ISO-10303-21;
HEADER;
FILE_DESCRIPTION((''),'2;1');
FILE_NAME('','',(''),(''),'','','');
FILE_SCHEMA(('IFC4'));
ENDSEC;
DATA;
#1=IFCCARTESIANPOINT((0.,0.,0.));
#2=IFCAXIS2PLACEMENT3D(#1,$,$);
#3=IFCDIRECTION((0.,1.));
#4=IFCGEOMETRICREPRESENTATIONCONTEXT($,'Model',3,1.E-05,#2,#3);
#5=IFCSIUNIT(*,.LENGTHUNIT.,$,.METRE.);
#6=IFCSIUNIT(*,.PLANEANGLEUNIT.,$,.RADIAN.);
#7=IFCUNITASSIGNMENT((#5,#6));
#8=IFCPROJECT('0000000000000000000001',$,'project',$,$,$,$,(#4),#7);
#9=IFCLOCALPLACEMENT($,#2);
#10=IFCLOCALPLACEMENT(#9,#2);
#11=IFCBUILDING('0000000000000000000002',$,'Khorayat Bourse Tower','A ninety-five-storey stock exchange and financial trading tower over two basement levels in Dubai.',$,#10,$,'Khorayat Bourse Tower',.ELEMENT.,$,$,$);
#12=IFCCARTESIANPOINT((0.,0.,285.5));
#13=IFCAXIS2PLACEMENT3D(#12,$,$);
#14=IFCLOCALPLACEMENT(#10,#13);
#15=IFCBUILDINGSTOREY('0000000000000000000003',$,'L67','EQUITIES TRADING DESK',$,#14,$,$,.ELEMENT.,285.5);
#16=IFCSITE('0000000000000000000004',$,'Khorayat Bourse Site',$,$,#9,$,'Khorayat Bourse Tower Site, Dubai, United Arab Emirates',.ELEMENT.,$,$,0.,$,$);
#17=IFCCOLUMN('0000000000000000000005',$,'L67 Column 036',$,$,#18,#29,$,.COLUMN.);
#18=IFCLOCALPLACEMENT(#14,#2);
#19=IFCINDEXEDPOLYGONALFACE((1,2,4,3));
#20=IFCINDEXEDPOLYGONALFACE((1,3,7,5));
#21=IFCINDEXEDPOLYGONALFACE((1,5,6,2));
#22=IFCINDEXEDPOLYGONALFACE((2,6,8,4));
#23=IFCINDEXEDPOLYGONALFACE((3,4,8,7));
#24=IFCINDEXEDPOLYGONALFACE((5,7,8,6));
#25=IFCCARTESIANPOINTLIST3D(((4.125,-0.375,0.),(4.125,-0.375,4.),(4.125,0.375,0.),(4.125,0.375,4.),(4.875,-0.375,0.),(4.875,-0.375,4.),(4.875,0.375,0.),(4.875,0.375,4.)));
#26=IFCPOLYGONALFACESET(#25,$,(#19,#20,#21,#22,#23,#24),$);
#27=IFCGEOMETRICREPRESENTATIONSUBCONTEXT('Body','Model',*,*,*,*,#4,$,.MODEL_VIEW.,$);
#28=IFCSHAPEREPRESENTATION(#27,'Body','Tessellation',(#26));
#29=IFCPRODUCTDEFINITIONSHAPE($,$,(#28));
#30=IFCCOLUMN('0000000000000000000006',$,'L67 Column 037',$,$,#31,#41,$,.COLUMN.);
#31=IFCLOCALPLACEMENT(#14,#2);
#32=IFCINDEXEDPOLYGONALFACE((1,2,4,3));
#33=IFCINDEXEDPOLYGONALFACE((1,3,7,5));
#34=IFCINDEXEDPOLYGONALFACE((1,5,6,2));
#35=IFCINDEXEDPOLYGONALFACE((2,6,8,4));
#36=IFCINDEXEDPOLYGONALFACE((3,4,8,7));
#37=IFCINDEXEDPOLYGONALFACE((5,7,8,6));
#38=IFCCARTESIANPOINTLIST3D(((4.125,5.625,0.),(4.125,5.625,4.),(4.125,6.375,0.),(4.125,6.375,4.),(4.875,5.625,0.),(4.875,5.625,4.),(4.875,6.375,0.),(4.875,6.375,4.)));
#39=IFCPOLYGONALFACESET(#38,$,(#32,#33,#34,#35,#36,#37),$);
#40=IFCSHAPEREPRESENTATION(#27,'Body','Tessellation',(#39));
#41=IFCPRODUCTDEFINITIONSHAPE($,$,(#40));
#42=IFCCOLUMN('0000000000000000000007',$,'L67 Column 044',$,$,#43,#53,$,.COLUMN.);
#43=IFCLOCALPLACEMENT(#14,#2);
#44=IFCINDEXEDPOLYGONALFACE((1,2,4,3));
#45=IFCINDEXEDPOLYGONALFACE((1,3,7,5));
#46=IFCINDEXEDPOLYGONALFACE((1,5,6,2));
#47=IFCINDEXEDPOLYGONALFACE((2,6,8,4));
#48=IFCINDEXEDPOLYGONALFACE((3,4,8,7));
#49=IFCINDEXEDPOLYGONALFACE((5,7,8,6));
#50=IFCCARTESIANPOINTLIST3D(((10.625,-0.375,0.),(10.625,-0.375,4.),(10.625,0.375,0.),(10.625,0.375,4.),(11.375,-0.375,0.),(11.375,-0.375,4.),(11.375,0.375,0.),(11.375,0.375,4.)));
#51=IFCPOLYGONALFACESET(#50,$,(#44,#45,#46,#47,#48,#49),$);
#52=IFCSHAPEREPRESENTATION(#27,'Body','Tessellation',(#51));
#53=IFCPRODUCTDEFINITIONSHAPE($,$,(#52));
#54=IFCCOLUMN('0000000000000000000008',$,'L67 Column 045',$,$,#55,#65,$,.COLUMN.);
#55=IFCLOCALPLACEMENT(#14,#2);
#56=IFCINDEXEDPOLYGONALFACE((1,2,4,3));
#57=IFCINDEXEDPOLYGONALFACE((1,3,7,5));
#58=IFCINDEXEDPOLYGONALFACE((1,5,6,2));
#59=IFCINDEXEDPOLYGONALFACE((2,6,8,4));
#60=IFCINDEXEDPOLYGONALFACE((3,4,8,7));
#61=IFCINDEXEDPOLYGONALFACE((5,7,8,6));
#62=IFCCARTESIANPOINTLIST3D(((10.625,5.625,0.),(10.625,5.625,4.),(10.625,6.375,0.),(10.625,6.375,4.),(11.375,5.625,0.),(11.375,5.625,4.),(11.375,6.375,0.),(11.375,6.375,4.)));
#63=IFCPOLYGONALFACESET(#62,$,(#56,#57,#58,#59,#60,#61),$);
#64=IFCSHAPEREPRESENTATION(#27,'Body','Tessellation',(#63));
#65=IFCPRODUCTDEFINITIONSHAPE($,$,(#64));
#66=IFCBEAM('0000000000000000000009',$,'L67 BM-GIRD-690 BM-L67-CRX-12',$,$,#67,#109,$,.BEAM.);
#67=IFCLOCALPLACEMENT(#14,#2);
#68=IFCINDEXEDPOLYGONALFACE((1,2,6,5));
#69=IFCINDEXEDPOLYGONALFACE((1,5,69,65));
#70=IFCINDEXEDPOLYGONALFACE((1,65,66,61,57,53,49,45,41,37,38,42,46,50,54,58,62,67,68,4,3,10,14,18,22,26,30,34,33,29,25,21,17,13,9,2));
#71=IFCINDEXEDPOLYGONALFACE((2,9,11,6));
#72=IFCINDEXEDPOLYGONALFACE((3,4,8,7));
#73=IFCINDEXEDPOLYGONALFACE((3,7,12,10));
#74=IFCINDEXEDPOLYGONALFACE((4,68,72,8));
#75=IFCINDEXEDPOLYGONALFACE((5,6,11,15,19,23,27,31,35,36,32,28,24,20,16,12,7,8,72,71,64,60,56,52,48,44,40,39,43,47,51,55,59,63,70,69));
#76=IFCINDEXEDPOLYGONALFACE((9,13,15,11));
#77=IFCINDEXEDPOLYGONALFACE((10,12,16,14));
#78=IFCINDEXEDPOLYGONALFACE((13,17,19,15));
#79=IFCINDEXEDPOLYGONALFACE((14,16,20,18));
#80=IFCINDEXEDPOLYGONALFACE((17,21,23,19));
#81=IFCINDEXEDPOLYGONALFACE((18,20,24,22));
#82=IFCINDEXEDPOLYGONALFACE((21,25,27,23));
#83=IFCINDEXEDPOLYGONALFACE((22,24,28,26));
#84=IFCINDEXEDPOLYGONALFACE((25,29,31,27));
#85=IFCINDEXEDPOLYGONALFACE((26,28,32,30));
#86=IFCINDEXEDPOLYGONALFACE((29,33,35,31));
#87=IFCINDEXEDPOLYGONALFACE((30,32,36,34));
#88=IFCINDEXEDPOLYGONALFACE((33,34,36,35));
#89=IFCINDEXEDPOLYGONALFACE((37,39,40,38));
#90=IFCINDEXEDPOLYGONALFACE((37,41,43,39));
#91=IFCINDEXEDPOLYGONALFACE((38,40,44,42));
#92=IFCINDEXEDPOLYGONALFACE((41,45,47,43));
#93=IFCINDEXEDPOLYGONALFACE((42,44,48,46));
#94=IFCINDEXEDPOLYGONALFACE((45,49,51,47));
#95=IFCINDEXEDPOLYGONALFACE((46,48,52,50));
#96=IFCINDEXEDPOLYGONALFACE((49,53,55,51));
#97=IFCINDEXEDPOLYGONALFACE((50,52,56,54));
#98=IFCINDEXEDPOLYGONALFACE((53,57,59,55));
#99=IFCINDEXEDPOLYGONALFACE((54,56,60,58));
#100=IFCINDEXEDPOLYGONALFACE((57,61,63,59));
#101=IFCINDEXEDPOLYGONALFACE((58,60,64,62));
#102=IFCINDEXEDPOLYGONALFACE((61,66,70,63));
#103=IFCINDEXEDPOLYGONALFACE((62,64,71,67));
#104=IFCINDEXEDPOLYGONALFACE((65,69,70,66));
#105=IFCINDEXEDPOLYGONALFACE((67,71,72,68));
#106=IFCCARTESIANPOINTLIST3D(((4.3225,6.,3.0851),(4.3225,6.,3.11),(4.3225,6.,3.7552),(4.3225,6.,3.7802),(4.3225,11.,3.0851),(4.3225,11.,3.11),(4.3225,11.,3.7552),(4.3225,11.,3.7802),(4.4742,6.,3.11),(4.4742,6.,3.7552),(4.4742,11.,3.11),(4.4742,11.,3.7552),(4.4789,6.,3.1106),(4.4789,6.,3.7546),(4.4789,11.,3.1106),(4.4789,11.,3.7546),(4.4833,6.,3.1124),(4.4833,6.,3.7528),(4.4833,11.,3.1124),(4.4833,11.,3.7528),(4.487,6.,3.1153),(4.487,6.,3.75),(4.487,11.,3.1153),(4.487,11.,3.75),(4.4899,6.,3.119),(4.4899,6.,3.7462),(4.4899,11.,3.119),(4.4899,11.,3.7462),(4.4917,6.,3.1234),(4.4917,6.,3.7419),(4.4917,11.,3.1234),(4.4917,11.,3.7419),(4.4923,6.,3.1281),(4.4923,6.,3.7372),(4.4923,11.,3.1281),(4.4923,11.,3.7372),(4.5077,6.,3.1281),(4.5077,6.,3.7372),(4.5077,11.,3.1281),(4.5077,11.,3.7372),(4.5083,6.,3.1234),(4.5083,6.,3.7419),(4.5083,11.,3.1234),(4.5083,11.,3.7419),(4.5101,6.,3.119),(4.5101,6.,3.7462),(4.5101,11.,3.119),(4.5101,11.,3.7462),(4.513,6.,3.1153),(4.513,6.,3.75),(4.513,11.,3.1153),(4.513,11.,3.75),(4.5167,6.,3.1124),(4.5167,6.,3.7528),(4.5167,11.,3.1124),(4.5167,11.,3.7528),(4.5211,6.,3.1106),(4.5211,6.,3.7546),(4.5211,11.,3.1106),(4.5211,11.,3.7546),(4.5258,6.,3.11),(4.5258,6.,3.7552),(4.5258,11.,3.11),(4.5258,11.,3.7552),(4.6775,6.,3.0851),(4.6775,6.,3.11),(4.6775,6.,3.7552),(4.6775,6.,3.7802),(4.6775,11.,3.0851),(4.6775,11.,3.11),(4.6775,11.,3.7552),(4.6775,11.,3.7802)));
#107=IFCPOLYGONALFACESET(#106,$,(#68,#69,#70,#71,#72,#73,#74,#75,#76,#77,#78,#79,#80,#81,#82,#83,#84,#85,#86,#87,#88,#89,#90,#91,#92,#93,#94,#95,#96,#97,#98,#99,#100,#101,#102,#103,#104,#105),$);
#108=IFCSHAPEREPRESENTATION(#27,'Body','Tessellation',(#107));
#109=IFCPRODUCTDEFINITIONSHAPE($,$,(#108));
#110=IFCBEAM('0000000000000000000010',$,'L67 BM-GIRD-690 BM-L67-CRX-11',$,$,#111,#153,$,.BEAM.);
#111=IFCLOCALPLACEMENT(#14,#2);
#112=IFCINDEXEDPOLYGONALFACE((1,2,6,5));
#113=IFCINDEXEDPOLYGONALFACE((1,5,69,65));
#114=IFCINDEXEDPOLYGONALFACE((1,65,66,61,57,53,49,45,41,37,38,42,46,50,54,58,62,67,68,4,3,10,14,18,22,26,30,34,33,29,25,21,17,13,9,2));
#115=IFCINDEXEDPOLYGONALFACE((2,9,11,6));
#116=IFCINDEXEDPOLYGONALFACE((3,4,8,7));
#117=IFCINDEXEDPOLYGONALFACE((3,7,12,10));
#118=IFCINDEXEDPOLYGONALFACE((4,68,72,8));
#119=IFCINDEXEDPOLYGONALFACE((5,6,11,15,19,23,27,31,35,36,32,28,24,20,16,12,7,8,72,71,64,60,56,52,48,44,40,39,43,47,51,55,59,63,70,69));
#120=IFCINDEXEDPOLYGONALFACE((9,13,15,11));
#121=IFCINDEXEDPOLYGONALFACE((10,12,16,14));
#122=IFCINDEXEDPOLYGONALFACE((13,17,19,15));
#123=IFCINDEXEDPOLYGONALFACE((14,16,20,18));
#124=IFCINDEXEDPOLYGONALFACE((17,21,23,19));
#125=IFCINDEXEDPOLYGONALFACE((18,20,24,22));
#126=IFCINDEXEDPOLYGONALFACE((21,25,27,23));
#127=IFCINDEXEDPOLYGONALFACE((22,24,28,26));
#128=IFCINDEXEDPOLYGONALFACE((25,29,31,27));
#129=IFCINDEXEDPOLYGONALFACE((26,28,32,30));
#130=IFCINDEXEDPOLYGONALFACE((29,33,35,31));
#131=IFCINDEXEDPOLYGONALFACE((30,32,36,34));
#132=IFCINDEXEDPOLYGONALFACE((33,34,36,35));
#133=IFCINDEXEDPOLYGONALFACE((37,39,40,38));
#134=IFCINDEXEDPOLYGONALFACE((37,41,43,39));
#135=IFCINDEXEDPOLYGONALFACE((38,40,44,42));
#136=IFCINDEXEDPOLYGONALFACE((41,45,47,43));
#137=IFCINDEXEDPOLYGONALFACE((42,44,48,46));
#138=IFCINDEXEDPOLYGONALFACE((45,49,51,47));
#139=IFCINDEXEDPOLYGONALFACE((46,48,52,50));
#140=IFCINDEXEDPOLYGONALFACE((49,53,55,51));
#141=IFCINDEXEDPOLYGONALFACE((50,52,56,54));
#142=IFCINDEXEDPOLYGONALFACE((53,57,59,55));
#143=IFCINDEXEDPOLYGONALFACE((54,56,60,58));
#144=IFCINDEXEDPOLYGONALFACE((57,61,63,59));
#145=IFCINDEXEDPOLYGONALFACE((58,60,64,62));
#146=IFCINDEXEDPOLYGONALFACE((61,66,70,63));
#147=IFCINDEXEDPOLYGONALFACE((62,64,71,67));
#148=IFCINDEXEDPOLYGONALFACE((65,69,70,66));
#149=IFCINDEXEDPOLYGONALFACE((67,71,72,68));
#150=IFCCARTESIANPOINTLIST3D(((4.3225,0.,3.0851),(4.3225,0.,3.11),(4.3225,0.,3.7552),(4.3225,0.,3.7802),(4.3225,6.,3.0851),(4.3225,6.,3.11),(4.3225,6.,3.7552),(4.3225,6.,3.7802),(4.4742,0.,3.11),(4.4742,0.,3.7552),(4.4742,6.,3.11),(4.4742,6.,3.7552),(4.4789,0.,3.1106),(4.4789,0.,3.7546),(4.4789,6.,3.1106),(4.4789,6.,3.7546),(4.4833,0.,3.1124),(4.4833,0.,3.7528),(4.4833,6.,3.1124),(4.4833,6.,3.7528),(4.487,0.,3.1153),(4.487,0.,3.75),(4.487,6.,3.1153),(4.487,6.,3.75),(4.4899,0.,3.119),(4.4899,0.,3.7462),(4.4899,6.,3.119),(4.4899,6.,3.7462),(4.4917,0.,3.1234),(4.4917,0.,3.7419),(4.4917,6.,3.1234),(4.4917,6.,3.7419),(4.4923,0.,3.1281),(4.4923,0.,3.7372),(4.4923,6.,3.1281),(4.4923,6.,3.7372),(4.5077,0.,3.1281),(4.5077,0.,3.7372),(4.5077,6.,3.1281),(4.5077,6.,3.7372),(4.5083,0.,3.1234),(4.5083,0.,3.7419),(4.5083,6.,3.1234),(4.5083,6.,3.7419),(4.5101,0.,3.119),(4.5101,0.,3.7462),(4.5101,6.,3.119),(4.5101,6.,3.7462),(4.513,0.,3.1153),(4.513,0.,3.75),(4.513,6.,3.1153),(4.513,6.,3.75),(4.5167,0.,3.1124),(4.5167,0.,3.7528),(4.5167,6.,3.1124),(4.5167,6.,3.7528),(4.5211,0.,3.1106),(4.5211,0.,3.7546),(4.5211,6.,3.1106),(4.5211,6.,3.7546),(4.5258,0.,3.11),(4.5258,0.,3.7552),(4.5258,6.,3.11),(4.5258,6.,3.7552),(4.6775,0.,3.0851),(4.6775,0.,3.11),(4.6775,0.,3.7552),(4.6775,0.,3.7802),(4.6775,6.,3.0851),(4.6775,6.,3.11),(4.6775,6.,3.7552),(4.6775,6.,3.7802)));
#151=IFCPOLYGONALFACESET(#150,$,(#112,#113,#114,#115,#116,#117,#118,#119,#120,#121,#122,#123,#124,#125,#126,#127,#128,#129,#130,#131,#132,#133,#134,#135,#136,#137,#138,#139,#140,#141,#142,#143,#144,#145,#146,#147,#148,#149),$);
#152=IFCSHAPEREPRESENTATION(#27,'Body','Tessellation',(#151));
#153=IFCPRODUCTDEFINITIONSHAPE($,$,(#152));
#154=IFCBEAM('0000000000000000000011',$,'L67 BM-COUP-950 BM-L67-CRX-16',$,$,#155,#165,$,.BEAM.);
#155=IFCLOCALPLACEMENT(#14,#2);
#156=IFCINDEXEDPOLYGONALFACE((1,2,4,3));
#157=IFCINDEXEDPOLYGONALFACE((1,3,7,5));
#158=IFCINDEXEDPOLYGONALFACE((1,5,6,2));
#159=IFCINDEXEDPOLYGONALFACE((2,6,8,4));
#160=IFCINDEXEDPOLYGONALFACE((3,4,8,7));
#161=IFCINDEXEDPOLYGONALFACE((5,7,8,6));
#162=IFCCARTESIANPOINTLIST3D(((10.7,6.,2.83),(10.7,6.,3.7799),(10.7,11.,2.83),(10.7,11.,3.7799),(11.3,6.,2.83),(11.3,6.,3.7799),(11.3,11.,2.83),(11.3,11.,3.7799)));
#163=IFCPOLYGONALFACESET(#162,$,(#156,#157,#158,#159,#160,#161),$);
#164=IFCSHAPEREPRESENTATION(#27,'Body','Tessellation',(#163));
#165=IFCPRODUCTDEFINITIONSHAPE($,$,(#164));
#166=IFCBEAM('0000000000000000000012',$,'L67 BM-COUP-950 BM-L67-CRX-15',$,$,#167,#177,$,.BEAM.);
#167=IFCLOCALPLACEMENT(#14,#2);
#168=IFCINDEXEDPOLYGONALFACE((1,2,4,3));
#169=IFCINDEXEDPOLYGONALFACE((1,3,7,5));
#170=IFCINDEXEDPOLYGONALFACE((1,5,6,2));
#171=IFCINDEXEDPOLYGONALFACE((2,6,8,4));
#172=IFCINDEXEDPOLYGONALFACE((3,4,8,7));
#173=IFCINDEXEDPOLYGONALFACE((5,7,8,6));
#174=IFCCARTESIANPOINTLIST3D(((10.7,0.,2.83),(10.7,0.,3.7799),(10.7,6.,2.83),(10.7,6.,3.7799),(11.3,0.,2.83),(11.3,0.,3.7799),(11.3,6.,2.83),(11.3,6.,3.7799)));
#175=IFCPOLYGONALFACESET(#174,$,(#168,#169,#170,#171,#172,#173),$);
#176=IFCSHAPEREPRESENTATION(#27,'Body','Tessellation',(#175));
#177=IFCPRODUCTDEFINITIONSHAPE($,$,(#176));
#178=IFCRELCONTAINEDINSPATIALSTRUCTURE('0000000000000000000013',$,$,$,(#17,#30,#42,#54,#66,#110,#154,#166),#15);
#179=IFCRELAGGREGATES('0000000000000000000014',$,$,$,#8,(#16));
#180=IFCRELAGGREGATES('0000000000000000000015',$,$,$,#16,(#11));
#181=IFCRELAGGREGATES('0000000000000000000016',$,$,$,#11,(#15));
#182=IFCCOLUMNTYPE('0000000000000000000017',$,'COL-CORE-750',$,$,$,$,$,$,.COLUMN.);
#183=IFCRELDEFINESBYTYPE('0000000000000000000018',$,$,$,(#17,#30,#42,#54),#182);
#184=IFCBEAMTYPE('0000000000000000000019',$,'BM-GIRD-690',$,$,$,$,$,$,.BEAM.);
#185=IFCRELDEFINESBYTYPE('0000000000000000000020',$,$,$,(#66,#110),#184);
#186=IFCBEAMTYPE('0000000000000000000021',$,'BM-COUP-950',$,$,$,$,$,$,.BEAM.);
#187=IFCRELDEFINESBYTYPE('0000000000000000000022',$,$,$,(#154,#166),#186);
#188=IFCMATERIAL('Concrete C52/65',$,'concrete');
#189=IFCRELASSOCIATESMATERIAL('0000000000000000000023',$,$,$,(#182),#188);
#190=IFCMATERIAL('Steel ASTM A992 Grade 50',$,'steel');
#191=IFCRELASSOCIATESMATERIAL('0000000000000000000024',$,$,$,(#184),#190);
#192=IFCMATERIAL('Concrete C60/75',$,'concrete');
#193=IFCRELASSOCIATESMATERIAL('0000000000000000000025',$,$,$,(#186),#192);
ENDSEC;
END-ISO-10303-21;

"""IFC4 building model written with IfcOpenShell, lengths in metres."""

from ifc_helpers import new_model, si_unit, direction, frame, origin, origin_2d, place, context, subcontext, project, spatial, rectangle, i_section, extrude, source, transform, mapped, material, material_profile, profile_set, type_object, element, save


model = new_model("IFC4")

# Units and contexts
model_context = context("Model", 3, precision=1e-05, world=origin(), true_north=direction((0.0, 1.0)))
body_context = subcontext(model_context, "Body", "Model", "MODEL_VIEW")
ifc_project = project(units=[si_unit("LENGTHUNIT", "METRE"), si_unit("PLANEANGLEUNIT", "RADIAN")], contexts=[model_context])

# Site, building, storey
site_placement = place(None, origin())
site = spatial("IfcSite", under=ifc_project, at=site_placement, Name="Khorayat Bourse Site", LongName="Khorayat Bourse Tower Site, Dubai, United Arab Emirates", CompositionType="ELEMENT", RefElevation=0.0)
building_placement = place(site_placement, origin())
building = spatial("IfcBuilding", under=site, at=building_placement, Name="Khorayat Bourse Tower", Description="A ninety-five-storey stock exchange and financial trading tower over two basement levels in Dubai.", LongName="Khorayat Bourse Tower", CompositionType="ELEMENT")
storey_placement = place(building_placement, frame((0.0, 0.0, 285.5)))
storey = spatial("IfcBuildingStorey", under=building, at=storey_placement, Name="L67", Description="EQUITIES TRADING DESK", CompositionType="ELEMENT", Elevation=285.5)

# Columns
ifc_material_1 = material(Name="Concrete C52/65", Category="concrete")
ifc_material_profile_1 = material_profile(ifc_material_1, rectangle(XDim=0.75, YDim=0.75, at=origin_2d()), Name="RC 750x750")
ifc_profile_set_1 = profile_set([ifc_material_profile_1], Name="Concrete C52/65")
column_type = type_object("IfcColumnType", Name="COL-CORE-750", PredefinedType="COLUMN", material=ifc_profile_set_1)
shared_shape_1 = source(origin(), body_context, "Body", "SweptSolid", [
    extrude(rectangle(XDim=0.75, YDim=0.75, at=origin_2d()), origin(), (0.0, 0.0, 1.0), 4.0),
])
for number, where, z_axis, x_axis, name in (
    (1, (4.5, 0.0, 0.0), (0.0, 0.0, 1.0), (1.0, 0.0, 0.0), "L67 Column 036"),
    (2, (4.5, 6.0, 0.0), (0.0, 0.0, 1.0), (1.0, 0.0, 0.0), "L67 Column 037"),
    (3, (11.0, 0.0, 0.0), (0.0, 0.0, 1.0), (1.0, 0.0, 0.0), "L67 Column 044"),
    (4, (11.0, 6.0, 0.0), (0.0, 0.0, 1.0), (1.0, 0.0, 0.0), "L67 Column 045"),
):
    element("IfcColumn", number, at=place(storey_placement, frame(where, z_axis=z_axis, x_axis=x_axis)), inside=storey, type_object=column_type, Name=name, PredefinedType="COLUMN", context=body_context, shape_type="MappedRepresentation", body=[
        mapped(shared_shape_1, transform((0.0, 0.0, 0.0), scale=1.0)),
    ])

# Beams
ifc_material_2 = material(Name="Steel ASTM A992 Grade 50", Category="steel")
ifc_material_profile_2 = material_profile(ifc_material_2, i_section(OverallWidth=0.355, OverallDepth=0.6951, WebThickness=0.0154, FlangeThickness=0.0249, FilletRadius=0.0181, at=origin_2d()), Name="W690X217")
ifc_profile_set_2 = profile_set([ifc_material_profile_2], Name="Steel ASTM A992 Grade 50")
beam_type_1 = type_object("IfcBeamType", Name="BM-GIRD-690", PredefinedType="BEAM", material=ifc_profile_set_2)
shared_shape_2 = source(origin(), body_context, "Body", "SweptSolid", [
    extrude(i_section(OverallWidth=0.355, OverallDepth=0.6951, WebThickness=0.0154, FlangeThickness=0.0249, FilletRadius=0.0181, at=origin_2d()), origin(), (0.0, 0.0, 1.0), 5.0),
])
beam_1_placement = place(storey_placement, frame((4.5, 6.0, 3.4326), z_axis=(0.0, 1.0, 0.0), x_axis=(-1.0, 0.0, 0.0)))
element("IfcBeam", 5, at=beam_1_placement, inside=storey, type_object=beam_type_1, Name="L67 BM-GIRD-690 BM-L67-CRX-12", PredefinedType="BEAM", context=body_context, shape_type="MappedRepresentation", body=[
    mapped(shared_shape_2, transform((0.0, 0.0, 0.0), scale=1.0)),
])
shared_shape_3 = source(origin(), body_context, "Body", "SweptSolid", [
    extrude(i_section(OverallWidth=0.355, OverallDepth=0.6951, WebThickness=0.0154, FlangeThickness=0.0249, FilletRadius=0.0181, at=origin_2d()), origin(), (0.0, 0.0, 1.0), 6.0),
])
beam_2_placement = place(storey_placement, frame((4.5, 0.0, 3.4326), z_axis=(0.0, 1.0, 0.0), x_axis=(-1.0, 0.0, 0.0)))
element("IfcBeam", 6, at=beam_2_placement, inside=storey, type_object=beam_type_1, Name="L67 BM-GIRD-690 BM-L67-CRX-11", PredefinedType="BEAM", context=body_context, shape_type="MappedRepresentation", body=[
    mapped(shared_shape_3, transform((0.0, 0.0, 0.0), scale=1.0)),
])
ifc_material_3 = material(Name="Concrete C60/75", Category="concrete")
ifc_material_profile_3 = material_profile(ifc_material_3, rectangle(XDim=0.6001, YDim=0.95, at=origin_2d()), Name="RC 600x950")
ifc_profile_set_3 = profile_set([ifc_material_profile_3], Name="Concrete C60/75")
beam_type_2 = type_object("IfcBeamType", Name="BM-COUP-950", PredefinedType="BEAM", material=ifc_profile_set_3)
shared_shape_4 = source(origin(), body_context, "Body", "SweptSolid", [
    extrude(rectangle(XDim=0.6001, YDim=0.95, at=origin_2d()), origin(), (0.0, 0.0, 1.0), 5.0),
])
beam_3_placement = place(storey_placement, frame((11.0, 6.0, 3.3049), z_axis=(0.0, 1.0, 0.0), x_axis=(-1.0, 0.0, 0.0)))
element("IfcBeam", 7, at=beam_3_placement, inside=storey, type_object=beam_type_2, Name="L67 BM-COUP-950 BM-L67-CRX-16", PredefinedType="BEAM", context=body_context, shape_type="MappedRepresentation", body=[
    mapped(shared_shape_4, transform((0.0, 0.0, 0.0), scale=1.0)),
])
shared_shape_5 = source(origin(), body_context, "Body", "SweptSolid", [
    extrude(rectangle(XDim=0.6001, YDim=0.95, at=origin_2d()), origin(), (0.0, 0.0, 1.0), 6.0),
])
beam_4_placement = place(storey_placement, frame((11.0, 0.0, 3.3049), z_axis=(0.0, 1.0, 0.0), x_axis=(-1.0, 0.0, 0.0)))
element("IfcBeam", 8, at=beam_4_placement, inside=storey, type_object=beam_type_2, Name="L67 BM-COUP-950 BM-L67-CRX-15", PredefinedType="BEAM", context=body_context, shape_type="MappedRepresentation", body=[
    mapped(shared_shape_5, transform((0.0, 0.0, 0.0), scale=1.0)),
])

save(model, "model.ifc")
